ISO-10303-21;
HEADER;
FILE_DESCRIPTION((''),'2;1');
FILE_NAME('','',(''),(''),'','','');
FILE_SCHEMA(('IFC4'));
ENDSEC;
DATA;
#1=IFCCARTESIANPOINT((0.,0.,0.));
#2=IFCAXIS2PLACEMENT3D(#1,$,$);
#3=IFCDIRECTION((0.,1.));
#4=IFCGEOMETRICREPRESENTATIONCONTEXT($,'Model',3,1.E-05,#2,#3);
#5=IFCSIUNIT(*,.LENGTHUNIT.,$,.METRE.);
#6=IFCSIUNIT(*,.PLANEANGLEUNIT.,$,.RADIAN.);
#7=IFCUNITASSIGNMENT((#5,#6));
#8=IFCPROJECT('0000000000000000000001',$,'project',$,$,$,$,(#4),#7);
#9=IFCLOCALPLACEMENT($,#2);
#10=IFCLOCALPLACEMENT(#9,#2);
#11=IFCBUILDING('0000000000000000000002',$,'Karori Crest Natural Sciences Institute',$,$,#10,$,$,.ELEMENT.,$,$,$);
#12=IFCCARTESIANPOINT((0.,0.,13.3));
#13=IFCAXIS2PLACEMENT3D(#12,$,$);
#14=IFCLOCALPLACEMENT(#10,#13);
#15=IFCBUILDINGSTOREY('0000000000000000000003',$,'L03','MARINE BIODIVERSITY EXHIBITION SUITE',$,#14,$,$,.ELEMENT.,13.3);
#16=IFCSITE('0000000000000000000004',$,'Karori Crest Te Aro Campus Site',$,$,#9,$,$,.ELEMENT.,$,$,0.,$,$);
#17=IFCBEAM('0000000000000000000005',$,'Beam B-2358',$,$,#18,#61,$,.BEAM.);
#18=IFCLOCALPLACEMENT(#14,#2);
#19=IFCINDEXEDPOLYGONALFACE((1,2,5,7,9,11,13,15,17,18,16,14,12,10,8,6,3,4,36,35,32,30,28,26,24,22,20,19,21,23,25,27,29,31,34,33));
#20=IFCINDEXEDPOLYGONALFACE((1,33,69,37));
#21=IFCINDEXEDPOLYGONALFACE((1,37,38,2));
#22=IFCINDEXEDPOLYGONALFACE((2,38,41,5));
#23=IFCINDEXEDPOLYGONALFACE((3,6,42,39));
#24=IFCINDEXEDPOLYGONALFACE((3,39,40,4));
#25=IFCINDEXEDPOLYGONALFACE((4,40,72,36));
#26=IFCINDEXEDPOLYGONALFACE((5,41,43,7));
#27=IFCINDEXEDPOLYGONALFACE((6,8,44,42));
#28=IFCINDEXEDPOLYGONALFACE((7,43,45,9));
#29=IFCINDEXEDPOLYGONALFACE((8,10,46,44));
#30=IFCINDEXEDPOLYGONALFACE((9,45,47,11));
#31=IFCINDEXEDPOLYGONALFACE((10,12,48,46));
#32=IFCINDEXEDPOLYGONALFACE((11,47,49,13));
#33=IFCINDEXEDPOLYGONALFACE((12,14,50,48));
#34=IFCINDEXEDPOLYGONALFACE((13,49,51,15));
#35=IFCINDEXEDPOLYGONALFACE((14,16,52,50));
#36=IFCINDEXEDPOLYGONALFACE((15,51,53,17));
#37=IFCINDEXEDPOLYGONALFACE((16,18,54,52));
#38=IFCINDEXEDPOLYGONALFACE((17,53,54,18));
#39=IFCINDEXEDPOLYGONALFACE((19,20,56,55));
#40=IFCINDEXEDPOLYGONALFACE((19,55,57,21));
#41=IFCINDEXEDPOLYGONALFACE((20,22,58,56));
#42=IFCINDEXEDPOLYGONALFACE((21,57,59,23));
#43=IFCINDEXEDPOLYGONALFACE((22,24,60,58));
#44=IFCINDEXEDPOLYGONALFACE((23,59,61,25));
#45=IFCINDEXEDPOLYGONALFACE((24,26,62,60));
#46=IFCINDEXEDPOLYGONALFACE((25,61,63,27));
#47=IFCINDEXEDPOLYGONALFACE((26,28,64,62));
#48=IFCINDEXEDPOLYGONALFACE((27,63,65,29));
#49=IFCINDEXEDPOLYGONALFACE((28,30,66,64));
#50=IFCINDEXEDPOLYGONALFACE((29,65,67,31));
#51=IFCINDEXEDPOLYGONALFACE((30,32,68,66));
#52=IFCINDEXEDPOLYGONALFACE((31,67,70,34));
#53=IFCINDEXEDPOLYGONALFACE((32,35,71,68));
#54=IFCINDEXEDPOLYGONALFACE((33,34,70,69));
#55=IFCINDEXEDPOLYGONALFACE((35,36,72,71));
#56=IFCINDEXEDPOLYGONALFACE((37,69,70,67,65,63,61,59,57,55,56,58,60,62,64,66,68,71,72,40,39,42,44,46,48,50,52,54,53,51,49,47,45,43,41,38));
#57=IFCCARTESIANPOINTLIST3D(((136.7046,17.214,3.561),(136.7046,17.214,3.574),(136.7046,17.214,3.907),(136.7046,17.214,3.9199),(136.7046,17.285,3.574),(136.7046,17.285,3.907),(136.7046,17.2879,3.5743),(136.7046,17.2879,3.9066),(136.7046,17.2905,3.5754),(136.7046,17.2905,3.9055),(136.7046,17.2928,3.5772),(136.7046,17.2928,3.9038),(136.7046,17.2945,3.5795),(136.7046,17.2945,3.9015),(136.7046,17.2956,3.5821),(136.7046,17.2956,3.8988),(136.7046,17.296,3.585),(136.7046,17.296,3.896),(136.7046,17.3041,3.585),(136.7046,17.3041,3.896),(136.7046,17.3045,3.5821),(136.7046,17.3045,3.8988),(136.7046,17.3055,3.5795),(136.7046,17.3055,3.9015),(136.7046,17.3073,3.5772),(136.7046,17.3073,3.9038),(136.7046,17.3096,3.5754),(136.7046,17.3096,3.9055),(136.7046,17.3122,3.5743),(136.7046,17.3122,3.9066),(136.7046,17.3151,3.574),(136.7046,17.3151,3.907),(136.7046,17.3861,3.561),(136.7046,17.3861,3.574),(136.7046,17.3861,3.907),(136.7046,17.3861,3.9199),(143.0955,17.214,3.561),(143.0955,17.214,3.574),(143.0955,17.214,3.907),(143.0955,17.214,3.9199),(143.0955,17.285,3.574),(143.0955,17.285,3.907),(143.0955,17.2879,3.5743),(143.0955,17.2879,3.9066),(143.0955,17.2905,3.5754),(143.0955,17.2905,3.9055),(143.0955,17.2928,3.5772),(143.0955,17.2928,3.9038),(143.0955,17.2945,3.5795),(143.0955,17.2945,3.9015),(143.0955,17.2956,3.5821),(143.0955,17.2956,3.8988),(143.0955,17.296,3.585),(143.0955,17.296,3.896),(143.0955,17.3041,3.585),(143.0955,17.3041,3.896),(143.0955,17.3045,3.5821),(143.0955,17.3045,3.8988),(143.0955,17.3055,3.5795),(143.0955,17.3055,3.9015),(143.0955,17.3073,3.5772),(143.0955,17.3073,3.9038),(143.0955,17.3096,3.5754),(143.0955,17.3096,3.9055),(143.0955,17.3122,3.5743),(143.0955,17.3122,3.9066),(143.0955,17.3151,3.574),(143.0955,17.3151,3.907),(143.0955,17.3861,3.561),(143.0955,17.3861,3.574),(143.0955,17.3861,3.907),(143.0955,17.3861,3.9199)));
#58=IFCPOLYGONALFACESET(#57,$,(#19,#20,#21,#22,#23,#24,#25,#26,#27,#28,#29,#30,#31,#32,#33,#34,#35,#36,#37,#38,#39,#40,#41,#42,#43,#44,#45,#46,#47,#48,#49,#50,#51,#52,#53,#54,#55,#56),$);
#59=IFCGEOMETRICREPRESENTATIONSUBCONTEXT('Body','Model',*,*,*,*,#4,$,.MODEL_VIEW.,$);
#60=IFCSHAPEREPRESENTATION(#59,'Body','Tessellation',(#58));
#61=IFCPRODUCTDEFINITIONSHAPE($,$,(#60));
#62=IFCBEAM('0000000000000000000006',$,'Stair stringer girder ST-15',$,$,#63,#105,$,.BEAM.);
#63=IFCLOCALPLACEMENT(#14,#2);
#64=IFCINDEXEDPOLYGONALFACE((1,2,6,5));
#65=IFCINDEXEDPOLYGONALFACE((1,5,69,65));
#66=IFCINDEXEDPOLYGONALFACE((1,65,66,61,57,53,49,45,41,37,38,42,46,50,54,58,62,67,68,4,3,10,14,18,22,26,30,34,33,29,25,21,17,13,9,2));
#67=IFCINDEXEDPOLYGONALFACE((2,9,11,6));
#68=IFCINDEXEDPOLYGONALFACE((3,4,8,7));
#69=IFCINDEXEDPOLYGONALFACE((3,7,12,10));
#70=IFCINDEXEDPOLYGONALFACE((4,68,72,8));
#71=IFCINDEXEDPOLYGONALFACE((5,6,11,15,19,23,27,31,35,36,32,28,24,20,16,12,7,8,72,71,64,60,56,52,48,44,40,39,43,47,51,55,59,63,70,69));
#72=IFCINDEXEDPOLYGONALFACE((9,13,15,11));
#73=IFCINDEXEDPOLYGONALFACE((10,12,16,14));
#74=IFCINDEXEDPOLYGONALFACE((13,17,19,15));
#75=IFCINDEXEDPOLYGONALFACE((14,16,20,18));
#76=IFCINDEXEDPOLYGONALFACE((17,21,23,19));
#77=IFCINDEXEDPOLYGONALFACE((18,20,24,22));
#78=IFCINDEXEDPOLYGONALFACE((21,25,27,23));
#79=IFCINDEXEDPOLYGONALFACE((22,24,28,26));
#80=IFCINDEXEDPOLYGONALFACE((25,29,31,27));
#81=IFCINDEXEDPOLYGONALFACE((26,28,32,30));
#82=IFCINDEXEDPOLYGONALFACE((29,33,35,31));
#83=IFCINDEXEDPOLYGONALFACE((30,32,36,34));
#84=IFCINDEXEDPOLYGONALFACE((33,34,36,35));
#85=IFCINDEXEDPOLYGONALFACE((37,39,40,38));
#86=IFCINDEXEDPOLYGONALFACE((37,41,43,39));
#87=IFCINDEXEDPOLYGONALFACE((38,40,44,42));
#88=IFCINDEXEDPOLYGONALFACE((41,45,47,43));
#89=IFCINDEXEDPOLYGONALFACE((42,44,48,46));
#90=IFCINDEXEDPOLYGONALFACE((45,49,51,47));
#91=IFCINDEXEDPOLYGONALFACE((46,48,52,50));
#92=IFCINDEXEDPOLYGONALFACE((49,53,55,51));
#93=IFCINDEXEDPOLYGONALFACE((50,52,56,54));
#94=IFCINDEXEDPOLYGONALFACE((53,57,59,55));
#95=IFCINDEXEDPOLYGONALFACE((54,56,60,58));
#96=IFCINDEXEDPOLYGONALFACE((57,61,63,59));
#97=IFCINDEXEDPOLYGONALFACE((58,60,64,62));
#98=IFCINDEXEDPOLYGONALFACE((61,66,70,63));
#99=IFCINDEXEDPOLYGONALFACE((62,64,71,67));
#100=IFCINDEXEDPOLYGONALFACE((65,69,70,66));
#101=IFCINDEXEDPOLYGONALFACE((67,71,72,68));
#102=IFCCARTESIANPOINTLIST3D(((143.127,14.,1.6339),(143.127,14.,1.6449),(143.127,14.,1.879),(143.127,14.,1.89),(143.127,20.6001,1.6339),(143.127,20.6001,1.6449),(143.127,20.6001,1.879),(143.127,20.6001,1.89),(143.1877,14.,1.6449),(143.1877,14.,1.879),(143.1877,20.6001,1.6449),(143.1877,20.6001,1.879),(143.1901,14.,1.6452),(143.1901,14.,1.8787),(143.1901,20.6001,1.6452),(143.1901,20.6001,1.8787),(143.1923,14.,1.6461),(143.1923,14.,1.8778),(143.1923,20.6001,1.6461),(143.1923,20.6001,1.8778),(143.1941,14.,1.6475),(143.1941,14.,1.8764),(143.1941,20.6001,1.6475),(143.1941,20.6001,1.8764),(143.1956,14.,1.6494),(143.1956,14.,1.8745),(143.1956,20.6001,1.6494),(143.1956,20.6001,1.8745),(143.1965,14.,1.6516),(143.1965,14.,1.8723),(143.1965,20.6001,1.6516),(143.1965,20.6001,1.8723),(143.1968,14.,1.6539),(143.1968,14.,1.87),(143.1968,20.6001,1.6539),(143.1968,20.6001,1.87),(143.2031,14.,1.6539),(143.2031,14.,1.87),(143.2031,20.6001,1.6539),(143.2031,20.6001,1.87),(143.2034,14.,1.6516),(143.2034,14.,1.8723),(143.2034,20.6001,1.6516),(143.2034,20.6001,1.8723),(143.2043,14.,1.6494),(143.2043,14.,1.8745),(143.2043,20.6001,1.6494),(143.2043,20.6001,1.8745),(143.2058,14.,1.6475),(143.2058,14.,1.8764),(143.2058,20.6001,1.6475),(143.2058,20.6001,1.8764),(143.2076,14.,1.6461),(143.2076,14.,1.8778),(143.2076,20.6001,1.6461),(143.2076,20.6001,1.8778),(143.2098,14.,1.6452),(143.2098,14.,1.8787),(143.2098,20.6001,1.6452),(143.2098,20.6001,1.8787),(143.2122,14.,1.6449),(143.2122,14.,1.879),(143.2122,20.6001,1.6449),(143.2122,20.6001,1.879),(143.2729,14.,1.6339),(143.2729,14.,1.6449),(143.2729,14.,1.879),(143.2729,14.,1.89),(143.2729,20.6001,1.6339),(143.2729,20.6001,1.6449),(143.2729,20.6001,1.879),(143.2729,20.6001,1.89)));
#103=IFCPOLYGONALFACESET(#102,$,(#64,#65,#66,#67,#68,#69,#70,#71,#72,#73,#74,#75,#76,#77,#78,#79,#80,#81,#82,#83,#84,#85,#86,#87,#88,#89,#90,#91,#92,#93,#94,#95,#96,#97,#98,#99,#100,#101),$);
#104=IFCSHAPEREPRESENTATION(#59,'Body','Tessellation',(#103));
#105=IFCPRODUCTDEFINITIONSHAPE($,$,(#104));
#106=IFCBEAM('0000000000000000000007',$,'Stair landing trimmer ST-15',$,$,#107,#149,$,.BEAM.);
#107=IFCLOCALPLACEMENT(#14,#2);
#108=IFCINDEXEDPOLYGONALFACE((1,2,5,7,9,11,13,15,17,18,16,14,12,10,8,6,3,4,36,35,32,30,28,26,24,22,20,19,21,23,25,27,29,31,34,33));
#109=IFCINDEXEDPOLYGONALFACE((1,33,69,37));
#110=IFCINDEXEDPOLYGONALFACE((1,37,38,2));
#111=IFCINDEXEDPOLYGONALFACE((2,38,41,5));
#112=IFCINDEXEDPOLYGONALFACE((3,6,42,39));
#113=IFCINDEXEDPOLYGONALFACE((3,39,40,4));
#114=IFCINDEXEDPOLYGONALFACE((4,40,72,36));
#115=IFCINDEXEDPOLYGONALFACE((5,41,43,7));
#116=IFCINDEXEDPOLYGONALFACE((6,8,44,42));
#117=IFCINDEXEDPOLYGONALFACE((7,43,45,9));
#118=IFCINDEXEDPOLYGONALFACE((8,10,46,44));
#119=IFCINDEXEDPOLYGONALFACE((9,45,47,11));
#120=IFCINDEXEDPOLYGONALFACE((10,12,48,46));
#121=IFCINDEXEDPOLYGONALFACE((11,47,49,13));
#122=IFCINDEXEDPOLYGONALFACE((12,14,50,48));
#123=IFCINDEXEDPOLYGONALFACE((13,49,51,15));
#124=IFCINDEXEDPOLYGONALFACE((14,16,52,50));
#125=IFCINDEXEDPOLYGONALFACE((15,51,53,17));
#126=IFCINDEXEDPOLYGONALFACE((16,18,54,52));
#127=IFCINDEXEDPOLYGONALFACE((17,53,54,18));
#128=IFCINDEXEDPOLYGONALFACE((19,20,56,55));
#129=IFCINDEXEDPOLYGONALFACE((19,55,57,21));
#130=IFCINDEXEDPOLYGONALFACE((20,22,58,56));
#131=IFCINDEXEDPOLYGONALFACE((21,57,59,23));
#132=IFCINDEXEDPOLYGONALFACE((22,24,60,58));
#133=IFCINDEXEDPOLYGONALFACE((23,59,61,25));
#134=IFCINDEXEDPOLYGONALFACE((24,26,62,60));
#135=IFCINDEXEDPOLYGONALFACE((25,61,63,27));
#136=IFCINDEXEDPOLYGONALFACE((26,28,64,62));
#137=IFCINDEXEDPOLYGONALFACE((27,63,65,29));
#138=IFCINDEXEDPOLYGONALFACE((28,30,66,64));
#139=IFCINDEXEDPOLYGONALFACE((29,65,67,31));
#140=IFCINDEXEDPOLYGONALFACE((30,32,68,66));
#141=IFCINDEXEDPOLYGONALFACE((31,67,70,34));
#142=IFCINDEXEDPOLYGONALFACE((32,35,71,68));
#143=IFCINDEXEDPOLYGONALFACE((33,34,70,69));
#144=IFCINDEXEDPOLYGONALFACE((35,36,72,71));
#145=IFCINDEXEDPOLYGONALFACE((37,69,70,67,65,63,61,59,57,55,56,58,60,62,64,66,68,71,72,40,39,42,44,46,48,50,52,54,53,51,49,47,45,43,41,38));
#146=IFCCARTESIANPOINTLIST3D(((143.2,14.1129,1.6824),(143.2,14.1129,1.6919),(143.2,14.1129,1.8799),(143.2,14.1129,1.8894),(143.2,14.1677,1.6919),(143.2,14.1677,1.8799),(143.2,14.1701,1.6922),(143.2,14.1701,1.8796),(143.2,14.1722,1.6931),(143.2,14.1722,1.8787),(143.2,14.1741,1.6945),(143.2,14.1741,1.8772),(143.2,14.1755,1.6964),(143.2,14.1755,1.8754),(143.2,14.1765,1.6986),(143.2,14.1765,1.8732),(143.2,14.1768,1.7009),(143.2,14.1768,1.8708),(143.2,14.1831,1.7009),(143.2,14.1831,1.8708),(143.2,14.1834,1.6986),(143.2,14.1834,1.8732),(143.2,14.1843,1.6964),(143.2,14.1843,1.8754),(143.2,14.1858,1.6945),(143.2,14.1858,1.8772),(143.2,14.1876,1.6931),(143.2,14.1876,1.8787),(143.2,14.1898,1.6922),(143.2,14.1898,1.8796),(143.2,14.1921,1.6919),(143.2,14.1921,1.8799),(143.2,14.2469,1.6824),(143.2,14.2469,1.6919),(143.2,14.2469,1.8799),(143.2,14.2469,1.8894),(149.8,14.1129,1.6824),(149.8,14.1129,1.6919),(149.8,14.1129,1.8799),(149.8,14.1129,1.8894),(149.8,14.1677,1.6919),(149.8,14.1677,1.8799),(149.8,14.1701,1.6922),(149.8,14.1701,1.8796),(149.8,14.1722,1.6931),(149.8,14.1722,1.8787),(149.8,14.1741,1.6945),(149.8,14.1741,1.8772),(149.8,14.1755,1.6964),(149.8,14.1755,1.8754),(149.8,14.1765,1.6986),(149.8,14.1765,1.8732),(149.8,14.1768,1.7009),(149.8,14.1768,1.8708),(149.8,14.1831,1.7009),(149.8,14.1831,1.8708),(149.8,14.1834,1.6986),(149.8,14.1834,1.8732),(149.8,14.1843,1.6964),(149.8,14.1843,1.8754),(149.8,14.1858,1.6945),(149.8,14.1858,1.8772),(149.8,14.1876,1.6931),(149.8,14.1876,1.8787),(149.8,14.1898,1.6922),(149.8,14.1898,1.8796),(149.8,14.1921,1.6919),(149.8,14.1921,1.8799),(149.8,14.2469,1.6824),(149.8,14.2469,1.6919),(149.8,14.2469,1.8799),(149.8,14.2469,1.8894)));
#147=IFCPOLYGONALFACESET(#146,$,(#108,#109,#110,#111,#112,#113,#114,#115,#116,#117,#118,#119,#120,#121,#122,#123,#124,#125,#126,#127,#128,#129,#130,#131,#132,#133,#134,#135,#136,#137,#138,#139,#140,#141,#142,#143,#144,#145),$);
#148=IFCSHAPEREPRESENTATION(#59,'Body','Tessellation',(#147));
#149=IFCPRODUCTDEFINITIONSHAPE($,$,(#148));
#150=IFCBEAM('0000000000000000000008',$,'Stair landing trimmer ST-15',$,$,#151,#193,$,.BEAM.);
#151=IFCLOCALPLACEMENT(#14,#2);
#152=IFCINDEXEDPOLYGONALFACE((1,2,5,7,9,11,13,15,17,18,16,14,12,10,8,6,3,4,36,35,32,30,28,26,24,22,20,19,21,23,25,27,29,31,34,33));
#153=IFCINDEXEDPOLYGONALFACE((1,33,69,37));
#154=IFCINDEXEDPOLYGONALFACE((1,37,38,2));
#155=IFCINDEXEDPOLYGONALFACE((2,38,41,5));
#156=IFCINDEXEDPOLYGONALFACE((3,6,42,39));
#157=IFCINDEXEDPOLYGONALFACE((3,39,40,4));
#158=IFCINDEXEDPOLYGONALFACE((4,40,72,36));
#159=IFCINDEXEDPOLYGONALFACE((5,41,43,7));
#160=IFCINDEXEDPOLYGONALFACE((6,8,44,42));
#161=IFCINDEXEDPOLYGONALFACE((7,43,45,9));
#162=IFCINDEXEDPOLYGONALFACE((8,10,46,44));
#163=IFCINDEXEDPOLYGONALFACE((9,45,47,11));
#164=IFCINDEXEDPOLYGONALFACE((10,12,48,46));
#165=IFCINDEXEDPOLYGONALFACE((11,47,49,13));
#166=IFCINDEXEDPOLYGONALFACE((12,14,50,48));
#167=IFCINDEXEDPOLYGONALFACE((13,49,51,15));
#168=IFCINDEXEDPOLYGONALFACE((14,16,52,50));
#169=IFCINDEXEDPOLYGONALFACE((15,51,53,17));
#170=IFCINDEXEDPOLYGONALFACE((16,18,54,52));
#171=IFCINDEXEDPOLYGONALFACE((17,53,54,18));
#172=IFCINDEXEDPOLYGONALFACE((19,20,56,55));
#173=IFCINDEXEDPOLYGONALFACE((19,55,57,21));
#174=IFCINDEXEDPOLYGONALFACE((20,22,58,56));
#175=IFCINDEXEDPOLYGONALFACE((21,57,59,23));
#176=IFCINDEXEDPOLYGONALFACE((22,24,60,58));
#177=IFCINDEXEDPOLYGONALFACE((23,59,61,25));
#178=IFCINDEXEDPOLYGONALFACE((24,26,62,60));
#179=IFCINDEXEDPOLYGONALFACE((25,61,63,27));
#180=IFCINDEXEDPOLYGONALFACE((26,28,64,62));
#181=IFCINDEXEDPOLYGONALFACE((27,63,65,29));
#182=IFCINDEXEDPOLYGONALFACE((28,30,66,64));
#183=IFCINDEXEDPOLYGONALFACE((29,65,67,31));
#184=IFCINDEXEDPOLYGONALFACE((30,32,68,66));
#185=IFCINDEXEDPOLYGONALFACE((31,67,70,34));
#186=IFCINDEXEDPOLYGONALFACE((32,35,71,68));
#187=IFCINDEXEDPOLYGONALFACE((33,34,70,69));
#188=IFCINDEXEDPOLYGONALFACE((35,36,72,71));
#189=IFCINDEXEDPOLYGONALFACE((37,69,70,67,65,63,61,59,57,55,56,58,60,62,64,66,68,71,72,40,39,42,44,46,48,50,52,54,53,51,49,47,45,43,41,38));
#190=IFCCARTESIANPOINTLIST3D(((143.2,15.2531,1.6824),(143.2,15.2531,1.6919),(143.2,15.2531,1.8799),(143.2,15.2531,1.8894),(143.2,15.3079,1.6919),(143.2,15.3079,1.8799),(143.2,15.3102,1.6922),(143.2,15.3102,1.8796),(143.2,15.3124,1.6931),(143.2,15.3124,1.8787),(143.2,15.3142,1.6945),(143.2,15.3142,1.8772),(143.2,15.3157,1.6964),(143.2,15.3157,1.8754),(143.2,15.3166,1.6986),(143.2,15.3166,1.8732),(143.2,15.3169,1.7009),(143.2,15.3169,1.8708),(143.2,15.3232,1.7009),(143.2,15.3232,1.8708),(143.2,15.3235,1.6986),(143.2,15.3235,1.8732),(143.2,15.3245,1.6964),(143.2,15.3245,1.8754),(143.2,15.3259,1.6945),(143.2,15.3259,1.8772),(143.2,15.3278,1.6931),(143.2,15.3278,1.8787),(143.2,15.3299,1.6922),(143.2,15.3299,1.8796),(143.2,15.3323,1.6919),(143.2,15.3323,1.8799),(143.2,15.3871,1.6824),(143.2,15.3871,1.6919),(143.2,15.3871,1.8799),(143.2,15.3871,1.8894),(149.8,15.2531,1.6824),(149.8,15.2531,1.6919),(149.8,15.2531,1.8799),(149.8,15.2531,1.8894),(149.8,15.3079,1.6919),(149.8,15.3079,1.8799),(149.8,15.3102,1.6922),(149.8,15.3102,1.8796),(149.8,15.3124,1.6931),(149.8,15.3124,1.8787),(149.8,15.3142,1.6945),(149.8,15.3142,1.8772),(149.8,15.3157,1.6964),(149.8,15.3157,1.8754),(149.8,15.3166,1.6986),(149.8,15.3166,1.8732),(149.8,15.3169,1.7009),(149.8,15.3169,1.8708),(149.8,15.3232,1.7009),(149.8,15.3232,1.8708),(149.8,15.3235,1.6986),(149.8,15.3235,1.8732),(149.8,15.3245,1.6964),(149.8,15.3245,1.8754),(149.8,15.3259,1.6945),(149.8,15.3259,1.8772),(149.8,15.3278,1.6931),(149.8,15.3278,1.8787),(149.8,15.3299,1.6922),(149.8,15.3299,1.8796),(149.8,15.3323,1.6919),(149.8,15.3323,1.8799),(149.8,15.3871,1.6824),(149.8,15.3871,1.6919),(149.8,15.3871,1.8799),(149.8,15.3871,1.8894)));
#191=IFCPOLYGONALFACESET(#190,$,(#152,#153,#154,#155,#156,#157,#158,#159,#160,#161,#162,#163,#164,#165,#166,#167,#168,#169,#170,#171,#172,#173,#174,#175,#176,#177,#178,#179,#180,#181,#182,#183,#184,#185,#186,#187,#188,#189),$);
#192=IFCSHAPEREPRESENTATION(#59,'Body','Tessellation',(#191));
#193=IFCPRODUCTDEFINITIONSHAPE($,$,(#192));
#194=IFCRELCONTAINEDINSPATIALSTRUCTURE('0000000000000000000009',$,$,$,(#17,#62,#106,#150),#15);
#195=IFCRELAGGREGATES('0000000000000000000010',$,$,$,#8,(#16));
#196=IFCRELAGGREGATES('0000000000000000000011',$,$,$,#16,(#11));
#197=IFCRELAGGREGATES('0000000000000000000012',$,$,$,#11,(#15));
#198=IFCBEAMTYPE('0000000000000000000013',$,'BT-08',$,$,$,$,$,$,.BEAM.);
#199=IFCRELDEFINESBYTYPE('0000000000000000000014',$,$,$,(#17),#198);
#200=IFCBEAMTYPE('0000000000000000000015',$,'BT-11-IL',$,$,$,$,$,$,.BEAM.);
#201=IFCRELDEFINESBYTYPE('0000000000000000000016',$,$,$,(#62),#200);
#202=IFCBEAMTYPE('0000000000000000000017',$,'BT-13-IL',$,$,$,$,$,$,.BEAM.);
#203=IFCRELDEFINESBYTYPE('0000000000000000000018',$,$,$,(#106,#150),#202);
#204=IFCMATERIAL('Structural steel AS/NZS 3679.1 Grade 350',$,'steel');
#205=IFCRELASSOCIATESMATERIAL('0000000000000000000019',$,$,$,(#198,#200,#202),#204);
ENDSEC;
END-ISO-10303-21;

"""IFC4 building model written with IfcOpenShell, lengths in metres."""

from ifc_helpers import new_model, si_unit, direction, frame, origin, origin_2d, place, context, subcontext, project, spatial, i_section, extrude, material, material_profile, profile_set, type_object, element, save


model = new_model("IFC4")

# Units and contexts
model_context = context("Model", 3, precision=1e-05, world=origin(), true_north=direction((0.0, 1.0)))
body_context = subcontext(model_context, "Body", "Model", "MODEL_VIEW")
ifc_project = project(units=[si_unit("LENGTHUNIT", "METRE"), si_unit("PLANEANGLEUNIT", "RADIAN")], contexts=[model_context])

# Site, building, storey
site_placement = place(None, origin())
site = spatial("IfcSite", under=ifc_project, at=site_placement, Name="Karori Crest Te Aro Campus Site", CompositionType="ELEMENT", RefElevation=0.0)
building_placement = place(site_placement, origin())
building = spatial("IfcBuilding", under=site, at=building_placement, Name="Karori Crest Natural Sciences Institute", CompositionType="ELEMENT")
storey_placement = place(building_placement, frame((0.0, 0.0, 13.3)))
storey = spatial("IfcBuildingStorey", under=building, at=storey_placement, Name="L03", Description="MARINE BIODIVERSITY EXHIBITION SUITE", CompositionType="ELEMENT", Elevation=13.3)

# Beams
ifc_material_1 = material(Name="Structural steel AS/NZS 3679.1 Grade 350", Category="steel")
ifc_material_profile_1 = material_profile(ifc_material_1, i_section(OverallWidth=0.1721, OverallDepth=0.3589, WebThickness=0.0081, FlangeThickness=0.0129, FilletRadius=0.011, at=origin_2d()), Name="360UB56.7")
ifc_profile_set_1 = profile_set([ifc_material_profile_1], Name="Structural steel AS/NZS 3679.1 Grade 350")
beam_type_1 = type_object("IfcBeamType", Name="BT-08", PredefinedType="BEAM", material=ifc_profile_set_1)
beam_1_placement = place(storey_placement, frame((136.7046, 17.3, 3.7405), z_axis=(1.0, 0.0, 0.0), x_axis=(0.0, 1.0, 0.0)))
element("IfcBeam", 1, at=beam_1_placement, inside=storey, type_object=beam_type_1, Name="Beam B-2358", PredefinedType="BEAM", context=body_context, shape_type="SweptSolid", body=[
    extrude(i_section(OverallWidth=0.1721, OverallDepth=0.3589, WebThickness=0.0081, FlangeThickness=0.0129, FilletRadius=0.011, at=origin_2d()), origin(), (0.0, 0.0, 1.0), 6.3909),
])
ifc_material_profile_2 = material_profile(ifc_material_1, i_section(OverallWidth=0.146, OverallDepth=0.2561, WebThickness=0.0063, FlangeThickness=0.011, FilletRadius=0.009, at=origin_2d()), Name="250UB37.3")
ifc_profile_set_2 = profile_set([ifc_material_profile_2], Name="Structural steel AS/NZS 3679.1 Grade 350")
beam_type_2 = type_object("IfcBeamType", Name="BT-11-IL", PredefinedType="BEAM", material=ifc_profile_set_2)
beam_2_placement = place(storey_placement, frame((143.2, 14.0, 1.762), z_axis=(0.0, 1.0, 0.0), x_axis=(-1.0, 0.0, 0.0)))
element("IfcBeam", 2, at=beam_2_placement, inside=storey, type_object=beam_type_2, Name="Stair stringer girder ST-15", PredefinedType="BEAM", context=body_context, shape_type="SweptSolid", body=[
    extrude(i_section(OverallWidth=0.146, OverallDepth=0.2561, WebThickness=0.0063, FlangeThickness=0.011, FilletRadius=0.009, at=origin_2d()), origin(), (0.0, 0.0, 1.0), 6.6001),
])
ifc_material_profile_3 = material_profile(ifc_material_1, i_section(OverallWidth=0.134, OverallDepth=0.207, WebThickness=0.0063, FlangeThickness=0.0095, FilletRadius=0.009, at=origin_2d()), Name="200UB29.8")
ifc_profile_set_3 = profile_set([ifc_material_profile_3], Name="Structural steel AS/NZS 3679.1 Grade 350")
beam_type_3 = type_object("IfcBeamType", Name="BT-13-IL", PredefinedType="BEAM", material=ifc_profile_set_3)
for number, where, z_axis, x_axis, name in (
    (3, (143.2, 14.1799, 1.7859), (1.0, 0.0, 0.0), (0.0, 1.0, 0.0), "Stair landing trimmer ST-15"),
    (4, (143.2, 15.3201, 1.7859), (1.0, 0.0, 0.0), (0.0, 1.0, 0.0), "Stair landing trimmer ST-15"),
):
    element("IfcBeam", number, at=place(storey_placement, frame(where, z_axis=z_axis, x_axis=x_axis)), inside=storey, type_object=beam_type_3, Name=name, PredefinedType="BEAM", context=body_context, shape_type="SweptSolid", body=[
        extrude(i_section(OverallWidth=0.134, OverallDepth=0.207, WebThickness=0.0063, FlangeThickness=0.0095, FilletRadius=0.009, at=origin_2d()), origin(), (0.0, 0.0, 1.0), 6.6001),
    ])

save(model, "model.ifc")
